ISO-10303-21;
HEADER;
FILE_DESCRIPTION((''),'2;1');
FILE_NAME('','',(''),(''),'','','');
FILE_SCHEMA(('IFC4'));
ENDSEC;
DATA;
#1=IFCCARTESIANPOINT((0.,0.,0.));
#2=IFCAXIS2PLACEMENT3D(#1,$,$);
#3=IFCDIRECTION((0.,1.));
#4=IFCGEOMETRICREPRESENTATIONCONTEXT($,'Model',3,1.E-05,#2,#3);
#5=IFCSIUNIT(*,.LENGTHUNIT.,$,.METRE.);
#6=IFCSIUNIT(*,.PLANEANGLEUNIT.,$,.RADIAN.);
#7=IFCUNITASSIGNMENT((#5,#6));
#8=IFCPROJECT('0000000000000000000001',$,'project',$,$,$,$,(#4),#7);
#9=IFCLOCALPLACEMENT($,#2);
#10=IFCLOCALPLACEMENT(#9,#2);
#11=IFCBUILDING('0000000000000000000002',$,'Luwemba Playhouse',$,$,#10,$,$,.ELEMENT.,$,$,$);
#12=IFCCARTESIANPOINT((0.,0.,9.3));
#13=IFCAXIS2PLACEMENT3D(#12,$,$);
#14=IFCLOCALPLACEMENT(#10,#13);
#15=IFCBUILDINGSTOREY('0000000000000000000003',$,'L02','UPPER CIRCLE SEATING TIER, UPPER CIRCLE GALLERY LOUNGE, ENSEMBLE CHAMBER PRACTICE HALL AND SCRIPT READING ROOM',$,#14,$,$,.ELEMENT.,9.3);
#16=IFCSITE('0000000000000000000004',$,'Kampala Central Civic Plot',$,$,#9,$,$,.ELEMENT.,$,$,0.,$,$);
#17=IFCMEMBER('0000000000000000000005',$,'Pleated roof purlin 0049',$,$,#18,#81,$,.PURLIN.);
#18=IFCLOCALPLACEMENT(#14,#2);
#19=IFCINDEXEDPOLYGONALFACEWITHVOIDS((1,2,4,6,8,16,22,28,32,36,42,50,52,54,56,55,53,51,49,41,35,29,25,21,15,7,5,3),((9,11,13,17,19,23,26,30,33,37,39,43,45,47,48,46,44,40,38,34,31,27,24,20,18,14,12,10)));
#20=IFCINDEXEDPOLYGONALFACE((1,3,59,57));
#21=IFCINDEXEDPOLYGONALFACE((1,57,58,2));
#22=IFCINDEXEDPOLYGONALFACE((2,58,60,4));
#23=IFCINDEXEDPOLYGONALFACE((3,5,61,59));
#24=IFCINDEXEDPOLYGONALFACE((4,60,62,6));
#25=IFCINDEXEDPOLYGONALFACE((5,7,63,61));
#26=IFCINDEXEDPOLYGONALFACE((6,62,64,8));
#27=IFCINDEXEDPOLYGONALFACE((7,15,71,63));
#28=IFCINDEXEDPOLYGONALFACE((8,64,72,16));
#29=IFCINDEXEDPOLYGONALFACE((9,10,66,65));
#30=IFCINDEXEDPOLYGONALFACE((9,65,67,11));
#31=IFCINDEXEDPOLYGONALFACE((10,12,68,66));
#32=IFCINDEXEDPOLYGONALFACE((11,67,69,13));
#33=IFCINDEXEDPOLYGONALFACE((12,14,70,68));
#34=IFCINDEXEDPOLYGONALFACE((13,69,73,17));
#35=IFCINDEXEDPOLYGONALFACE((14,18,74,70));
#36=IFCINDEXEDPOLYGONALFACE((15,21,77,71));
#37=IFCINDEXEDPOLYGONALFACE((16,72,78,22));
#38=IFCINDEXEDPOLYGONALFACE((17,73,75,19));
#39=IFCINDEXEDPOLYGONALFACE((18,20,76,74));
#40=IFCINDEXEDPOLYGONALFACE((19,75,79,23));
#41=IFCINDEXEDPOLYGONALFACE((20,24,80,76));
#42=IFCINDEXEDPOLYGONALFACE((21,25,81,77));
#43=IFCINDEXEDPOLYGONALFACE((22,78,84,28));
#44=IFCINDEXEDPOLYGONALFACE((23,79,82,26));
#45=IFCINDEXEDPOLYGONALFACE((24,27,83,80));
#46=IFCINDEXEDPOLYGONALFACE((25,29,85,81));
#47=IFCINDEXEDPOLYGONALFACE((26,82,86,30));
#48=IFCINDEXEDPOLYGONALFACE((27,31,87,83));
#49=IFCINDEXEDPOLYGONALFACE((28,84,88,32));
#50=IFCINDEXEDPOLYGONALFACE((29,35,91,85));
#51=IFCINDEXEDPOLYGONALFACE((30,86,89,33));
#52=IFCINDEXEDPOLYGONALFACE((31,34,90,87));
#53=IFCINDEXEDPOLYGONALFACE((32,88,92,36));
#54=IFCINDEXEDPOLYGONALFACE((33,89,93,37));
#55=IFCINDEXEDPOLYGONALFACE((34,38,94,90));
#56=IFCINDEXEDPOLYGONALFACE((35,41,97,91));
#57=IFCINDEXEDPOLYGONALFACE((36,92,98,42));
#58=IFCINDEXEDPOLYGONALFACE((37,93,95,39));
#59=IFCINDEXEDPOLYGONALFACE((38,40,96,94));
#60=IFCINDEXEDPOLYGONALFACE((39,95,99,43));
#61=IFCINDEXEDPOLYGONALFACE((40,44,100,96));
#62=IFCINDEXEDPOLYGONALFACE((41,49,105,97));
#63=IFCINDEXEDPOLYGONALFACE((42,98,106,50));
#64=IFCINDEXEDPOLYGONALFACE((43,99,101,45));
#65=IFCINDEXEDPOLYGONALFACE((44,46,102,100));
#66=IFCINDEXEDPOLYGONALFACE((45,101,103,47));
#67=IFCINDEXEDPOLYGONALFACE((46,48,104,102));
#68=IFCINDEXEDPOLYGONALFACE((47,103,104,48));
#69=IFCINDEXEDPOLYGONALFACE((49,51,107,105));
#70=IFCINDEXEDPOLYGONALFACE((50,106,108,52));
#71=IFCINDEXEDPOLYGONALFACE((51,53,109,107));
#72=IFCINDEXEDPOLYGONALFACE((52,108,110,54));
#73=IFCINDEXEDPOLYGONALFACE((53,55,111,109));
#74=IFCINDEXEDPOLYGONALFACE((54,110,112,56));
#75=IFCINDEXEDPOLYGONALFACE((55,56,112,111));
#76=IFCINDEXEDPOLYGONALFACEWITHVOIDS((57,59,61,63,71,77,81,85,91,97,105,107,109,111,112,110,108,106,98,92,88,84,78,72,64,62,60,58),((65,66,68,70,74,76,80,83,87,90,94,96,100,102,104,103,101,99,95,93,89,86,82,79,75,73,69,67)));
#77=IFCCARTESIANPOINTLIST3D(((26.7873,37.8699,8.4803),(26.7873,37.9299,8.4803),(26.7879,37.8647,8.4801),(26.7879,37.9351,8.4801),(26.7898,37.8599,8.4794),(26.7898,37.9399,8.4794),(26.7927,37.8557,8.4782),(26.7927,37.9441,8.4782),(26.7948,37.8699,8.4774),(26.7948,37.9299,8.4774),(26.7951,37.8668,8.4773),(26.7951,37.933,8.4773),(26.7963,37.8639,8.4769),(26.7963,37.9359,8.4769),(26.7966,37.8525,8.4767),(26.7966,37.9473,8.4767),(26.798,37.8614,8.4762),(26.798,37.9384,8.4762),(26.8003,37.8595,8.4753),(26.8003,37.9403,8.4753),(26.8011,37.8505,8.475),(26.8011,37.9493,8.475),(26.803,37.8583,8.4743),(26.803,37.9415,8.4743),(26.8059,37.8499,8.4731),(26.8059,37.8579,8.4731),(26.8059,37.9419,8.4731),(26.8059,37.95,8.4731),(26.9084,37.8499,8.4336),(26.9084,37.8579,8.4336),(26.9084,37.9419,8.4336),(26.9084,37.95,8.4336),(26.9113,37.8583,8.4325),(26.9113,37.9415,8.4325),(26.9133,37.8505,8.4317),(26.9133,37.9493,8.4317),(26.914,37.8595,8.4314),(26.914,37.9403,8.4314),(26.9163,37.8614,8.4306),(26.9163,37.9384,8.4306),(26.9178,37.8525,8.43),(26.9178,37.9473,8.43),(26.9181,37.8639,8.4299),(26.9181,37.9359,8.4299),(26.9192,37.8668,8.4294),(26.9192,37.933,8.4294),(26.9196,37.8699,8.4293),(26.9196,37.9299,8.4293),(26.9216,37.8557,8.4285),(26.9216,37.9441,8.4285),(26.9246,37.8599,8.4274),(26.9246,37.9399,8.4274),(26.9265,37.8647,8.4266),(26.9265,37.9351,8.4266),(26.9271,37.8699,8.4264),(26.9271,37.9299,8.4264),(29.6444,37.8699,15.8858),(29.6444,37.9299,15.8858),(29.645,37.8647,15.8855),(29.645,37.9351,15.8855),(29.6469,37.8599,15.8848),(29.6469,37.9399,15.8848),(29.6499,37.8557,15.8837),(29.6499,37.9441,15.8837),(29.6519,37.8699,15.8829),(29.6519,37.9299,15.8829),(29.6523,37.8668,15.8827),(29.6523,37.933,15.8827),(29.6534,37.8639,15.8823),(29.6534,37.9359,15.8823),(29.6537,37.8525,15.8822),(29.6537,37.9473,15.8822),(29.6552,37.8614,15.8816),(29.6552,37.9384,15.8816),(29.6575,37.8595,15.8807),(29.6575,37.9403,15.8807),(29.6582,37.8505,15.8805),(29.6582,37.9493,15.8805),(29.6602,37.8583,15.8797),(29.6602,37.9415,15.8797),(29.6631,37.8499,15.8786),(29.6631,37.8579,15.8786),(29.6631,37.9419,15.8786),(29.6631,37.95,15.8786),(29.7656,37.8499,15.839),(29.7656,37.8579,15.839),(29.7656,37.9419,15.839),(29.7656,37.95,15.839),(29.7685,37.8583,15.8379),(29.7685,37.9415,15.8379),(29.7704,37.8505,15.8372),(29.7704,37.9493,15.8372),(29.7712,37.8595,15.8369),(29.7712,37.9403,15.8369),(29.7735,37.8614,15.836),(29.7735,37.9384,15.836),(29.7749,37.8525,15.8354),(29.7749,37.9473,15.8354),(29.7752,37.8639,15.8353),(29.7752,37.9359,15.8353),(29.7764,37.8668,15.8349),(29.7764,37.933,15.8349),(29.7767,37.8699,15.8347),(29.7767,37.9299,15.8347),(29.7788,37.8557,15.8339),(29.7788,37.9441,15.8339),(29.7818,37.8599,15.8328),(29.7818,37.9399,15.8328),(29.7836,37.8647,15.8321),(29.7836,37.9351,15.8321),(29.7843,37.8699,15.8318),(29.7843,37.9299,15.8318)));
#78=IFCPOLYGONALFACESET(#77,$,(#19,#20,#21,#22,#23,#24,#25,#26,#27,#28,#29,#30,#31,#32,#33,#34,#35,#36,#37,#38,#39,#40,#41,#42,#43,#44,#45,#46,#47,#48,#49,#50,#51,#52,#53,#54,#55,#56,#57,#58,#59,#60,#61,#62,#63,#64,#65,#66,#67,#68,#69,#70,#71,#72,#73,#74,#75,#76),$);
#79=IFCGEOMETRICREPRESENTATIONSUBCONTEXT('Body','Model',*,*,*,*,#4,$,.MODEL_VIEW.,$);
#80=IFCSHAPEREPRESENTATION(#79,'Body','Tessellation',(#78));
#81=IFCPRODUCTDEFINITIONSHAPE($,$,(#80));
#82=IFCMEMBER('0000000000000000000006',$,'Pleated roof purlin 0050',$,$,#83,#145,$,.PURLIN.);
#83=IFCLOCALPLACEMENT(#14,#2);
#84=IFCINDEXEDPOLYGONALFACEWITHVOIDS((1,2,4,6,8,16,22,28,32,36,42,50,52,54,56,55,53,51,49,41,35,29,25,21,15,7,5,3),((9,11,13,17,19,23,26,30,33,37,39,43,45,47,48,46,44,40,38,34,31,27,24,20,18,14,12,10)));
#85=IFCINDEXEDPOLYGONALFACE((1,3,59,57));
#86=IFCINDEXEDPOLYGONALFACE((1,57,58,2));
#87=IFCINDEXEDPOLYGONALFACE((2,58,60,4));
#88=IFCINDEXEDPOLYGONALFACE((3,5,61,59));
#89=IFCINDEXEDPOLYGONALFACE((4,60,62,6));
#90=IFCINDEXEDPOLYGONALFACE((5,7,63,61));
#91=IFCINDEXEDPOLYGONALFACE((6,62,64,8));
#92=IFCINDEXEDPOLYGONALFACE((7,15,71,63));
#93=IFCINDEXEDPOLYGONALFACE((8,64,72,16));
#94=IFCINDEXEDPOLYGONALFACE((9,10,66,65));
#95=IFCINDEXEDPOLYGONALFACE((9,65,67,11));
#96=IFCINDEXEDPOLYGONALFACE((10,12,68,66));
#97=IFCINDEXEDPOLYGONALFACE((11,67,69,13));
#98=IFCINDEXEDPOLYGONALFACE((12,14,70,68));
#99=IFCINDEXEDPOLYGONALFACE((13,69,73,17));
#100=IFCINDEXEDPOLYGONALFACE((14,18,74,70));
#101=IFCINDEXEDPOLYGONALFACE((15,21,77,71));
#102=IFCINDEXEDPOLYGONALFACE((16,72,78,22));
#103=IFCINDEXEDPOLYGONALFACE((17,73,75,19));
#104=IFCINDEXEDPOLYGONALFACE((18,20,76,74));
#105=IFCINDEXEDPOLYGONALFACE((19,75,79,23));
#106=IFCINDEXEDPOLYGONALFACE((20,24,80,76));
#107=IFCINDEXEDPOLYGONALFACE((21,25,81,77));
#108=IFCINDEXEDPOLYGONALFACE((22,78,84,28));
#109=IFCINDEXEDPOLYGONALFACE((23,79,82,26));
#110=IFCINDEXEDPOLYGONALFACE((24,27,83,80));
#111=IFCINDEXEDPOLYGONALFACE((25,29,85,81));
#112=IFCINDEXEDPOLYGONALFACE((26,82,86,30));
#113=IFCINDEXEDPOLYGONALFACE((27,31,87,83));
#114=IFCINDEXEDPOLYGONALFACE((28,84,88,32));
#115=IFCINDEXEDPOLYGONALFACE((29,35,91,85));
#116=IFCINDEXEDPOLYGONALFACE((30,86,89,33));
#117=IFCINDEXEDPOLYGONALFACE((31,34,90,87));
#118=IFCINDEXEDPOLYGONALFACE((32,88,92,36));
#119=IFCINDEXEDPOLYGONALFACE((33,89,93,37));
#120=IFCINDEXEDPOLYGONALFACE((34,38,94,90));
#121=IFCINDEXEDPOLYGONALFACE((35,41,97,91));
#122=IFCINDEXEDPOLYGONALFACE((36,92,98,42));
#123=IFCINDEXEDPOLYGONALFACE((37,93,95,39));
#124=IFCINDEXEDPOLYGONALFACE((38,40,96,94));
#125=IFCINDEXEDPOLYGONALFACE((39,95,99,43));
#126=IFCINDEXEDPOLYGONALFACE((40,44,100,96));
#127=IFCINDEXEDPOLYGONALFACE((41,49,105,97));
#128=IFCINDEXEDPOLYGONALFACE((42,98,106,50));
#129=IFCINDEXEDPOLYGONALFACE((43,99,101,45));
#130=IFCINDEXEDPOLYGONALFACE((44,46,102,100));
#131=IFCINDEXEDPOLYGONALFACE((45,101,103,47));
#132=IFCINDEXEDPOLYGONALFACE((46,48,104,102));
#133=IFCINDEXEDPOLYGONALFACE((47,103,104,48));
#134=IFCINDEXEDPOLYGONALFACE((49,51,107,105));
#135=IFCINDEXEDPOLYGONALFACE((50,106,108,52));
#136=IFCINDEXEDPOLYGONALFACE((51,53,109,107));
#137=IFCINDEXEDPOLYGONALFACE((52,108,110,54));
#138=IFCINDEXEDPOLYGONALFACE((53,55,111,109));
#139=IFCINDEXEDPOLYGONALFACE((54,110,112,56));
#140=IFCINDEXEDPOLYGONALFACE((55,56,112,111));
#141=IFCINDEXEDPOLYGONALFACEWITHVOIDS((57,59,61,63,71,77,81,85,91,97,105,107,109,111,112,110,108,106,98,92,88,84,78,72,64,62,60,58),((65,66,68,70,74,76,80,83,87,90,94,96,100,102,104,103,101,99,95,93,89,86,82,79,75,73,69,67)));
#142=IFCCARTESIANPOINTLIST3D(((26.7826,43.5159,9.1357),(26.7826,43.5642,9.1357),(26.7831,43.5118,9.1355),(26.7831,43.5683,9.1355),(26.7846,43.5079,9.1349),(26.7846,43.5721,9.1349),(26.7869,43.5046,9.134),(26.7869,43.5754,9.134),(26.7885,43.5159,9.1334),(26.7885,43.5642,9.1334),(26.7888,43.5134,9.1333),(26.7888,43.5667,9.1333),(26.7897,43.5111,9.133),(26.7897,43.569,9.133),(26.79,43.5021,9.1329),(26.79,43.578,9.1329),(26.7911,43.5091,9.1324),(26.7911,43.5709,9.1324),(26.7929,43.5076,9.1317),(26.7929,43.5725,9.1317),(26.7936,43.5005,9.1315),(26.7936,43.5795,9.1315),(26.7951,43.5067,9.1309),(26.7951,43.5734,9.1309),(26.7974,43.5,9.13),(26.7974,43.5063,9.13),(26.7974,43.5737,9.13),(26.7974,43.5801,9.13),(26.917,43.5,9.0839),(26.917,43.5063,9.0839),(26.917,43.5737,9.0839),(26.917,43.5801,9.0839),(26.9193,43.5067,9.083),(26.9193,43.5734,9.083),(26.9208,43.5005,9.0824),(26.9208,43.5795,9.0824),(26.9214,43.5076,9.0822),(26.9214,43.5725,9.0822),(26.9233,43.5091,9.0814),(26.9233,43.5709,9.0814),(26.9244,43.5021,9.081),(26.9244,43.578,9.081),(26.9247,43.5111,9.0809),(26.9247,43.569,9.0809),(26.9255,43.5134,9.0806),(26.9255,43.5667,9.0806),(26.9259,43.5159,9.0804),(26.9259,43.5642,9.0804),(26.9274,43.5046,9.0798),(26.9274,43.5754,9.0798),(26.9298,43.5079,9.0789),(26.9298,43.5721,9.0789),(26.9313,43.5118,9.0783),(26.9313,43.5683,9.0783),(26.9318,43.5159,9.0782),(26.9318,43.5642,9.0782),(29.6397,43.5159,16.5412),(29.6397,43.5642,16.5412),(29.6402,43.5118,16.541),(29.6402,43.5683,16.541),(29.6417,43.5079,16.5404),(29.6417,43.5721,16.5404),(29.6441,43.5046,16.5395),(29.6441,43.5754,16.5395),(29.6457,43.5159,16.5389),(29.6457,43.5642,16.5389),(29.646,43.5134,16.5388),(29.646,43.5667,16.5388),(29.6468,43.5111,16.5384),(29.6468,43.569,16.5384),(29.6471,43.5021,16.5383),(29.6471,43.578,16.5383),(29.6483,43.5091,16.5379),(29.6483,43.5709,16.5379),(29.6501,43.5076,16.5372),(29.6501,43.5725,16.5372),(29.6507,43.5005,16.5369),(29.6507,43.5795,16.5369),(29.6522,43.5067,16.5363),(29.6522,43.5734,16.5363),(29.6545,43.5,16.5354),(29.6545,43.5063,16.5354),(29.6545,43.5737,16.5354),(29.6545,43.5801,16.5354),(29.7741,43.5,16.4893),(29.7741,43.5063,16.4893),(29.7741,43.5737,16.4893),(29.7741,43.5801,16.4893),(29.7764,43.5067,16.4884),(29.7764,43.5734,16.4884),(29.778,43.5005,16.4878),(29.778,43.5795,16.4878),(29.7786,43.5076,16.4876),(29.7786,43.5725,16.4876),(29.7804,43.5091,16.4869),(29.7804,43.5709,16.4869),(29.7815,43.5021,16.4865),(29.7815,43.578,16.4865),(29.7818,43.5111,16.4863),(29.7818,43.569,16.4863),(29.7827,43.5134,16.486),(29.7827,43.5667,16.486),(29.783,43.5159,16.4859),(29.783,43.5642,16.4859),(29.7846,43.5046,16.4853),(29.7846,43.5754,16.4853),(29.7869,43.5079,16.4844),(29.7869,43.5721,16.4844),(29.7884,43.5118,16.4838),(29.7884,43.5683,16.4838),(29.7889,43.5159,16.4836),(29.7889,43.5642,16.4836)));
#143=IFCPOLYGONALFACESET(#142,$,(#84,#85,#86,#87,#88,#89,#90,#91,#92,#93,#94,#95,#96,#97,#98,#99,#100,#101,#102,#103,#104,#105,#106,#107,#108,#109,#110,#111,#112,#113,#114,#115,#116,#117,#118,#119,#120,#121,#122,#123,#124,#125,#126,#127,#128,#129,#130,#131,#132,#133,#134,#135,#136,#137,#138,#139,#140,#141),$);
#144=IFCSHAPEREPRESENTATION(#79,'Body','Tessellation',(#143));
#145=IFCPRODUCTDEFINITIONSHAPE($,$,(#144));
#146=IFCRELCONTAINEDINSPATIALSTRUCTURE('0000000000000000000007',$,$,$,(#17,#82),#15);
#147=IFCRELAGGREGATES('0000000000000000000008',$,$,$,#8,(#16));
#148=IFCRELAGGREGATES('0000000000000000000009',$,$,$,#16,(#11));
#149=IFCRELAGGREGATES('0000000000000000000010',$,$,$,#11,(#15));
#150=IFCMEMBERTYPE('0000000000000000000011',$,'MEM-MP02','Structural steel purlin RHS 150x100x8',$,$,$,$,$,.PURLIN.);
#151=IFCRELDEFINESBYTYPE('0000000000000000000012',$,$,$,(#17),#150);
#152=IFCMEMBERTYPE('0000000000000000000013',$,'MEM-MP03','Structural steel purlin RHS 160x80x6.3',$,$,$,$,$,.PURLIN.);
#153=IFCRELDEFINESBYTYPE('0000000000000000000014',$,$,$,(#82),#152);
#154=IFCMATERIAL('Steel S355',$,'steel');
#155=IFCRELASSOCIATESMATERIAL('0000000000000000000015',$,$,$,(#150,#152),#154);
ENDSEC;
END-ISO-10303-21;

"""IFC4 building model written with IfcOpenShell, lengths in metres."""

from ifc_helpers import new_model, si_unit, direction, frame, origin, origin_2d, place, context, subcontext, project, spatial, hollow_rectangle, extrude, material, material_profile, profile_set, type_object, element, save


model = new_model("IFC4")

# Units and contexts
model_context = context("Model", 3, precision=1e-05, world=origin(), true_north=direction((0.0, 1.0)))
body_context = subcontext(model_context, "Body", "Model", "MODEL_VIEW")
ifc_project = project(units=[si_unit("LENGTHUNIT", "METRE"), si_unit("PLANEANGLEUNIT", "RADIAN")], contexts=[model_context])

# Site, building, storey
site_placement = place(None, origin())
site = spatial("IfcSite", under=ifc_project, at=site_placement, Name="Kampala Central Civic Plot", CompositionType="ELEMENT", RefElevation=0.0)
building_placement = place(site_placement, origin())
building = spatial("IfcBuilding", under=site, at=building_placement, Name="Luwemba Playhouse", CompositionType="ELEMENT")
storey_placement = place(building_placement, frame((0.0, 0.0, 9.3)))
storey = spatial("IfcBuildingStorey", under=building, at=storey_placement, Name="L02", Description="UPPER CIRCLE SEATING TIER, UPPER CIRCLE GALLERY LOUNGE, ENSEMBLE CHAMBER PRACTICE HALL AND SCRIPT READING ROOM", CompositionType="ELEMENT", Elevation=9.3)

# Shared definitions
ifc_material_1 = material(Name="Steel S355", Category="steel")

# Members
ifc_material_profile_1 = material_profile(ifc_material_1, hollow_rectangle(XDim=0.1001, YDim=0.1499, WallThickness=0.0081, InnerFilletRadius=0.012, OuterFilletRadius=0.02, at=origin_2d()))
ifc_profile_set_1 = profile_set([ifc_material_profile_1], Name="Steel S355")
member_type_1 = type_object("IfcMemberType", Name="MEM-MP02", Description="Structural steel purlin RHS 150x100x8", PredefinedType="PURLIN", material=ifc_profile_set_1)
for number, where, z_axis, x_axis, name in (
    (1, (26.8572, 37.8999, 8.4534), (0.359956, 0.0, 0.932969), (0.0, 1.0, 0.0), "Pleated roof purlin 0049"),
):
    element("IfcMember", number, at=place(storey_placement, frame(where, z_axis=z_axis, x_axis=x_axis)), inside=storey, type_object=member_type_1, Name=name, PredefinedType="PURLIN", context=body_context, shape_type="SweptSolid", body=[
        extrude(hollow_rectangle(XDim=0.1001, YDim=0.1499, WallThickness=0.0081, InnerFilletRadius=0.012, OuterFilletRadius=0.02, at=origin_2d()), origin(), (0.0, 0.0, 1.0), 7.9375),
    ])
ifc_material_profile_2 = material_profile(ifc_material_1, hollow_rectangle(XDim=0.0801, YDim=0.1599, WallThickness=0.0063, InnerFilletRadius=0.0095, OuterFilletRadius=0.0159, at=origin_2d()))
ifc_profile_set_2 = profile_set([ifc_material_profile_2], Name="Steel S355")
member_type_2 = type_object("IfcMemberType", Name="MEM-MP03", Description="Structural steel purlin RHS 160x80x6.3", PredefinedType="PURLIN", material=ifc_profile_set_2)
member_1_placement = place(storey_placement, frame((26.8572, 43.54, 9.1069), z_axis=(0.359956, 0.0, 0.932969), x_axis=(0.0, 1.0, 0.0)))
element("IfcMember", 2, at=member_1_placement, inside=storey, type_object=member_type_2, Name="Pleated roof purlin 0050", PredefinedType="PURLIN", context=body_context, shape_type="SweptSolid", body=[
    extrude(hollow_rectangle(XDim=0.0801, YDim=0.1599, WallThickness=0.0063, InnerFilletRadius=0.0095, OuterFilletRadius=0.0159, at=origin_2d()), origin(), (0.0, 0.0, 1.0), 7.9375),
])

save(model, "model.ifc")
